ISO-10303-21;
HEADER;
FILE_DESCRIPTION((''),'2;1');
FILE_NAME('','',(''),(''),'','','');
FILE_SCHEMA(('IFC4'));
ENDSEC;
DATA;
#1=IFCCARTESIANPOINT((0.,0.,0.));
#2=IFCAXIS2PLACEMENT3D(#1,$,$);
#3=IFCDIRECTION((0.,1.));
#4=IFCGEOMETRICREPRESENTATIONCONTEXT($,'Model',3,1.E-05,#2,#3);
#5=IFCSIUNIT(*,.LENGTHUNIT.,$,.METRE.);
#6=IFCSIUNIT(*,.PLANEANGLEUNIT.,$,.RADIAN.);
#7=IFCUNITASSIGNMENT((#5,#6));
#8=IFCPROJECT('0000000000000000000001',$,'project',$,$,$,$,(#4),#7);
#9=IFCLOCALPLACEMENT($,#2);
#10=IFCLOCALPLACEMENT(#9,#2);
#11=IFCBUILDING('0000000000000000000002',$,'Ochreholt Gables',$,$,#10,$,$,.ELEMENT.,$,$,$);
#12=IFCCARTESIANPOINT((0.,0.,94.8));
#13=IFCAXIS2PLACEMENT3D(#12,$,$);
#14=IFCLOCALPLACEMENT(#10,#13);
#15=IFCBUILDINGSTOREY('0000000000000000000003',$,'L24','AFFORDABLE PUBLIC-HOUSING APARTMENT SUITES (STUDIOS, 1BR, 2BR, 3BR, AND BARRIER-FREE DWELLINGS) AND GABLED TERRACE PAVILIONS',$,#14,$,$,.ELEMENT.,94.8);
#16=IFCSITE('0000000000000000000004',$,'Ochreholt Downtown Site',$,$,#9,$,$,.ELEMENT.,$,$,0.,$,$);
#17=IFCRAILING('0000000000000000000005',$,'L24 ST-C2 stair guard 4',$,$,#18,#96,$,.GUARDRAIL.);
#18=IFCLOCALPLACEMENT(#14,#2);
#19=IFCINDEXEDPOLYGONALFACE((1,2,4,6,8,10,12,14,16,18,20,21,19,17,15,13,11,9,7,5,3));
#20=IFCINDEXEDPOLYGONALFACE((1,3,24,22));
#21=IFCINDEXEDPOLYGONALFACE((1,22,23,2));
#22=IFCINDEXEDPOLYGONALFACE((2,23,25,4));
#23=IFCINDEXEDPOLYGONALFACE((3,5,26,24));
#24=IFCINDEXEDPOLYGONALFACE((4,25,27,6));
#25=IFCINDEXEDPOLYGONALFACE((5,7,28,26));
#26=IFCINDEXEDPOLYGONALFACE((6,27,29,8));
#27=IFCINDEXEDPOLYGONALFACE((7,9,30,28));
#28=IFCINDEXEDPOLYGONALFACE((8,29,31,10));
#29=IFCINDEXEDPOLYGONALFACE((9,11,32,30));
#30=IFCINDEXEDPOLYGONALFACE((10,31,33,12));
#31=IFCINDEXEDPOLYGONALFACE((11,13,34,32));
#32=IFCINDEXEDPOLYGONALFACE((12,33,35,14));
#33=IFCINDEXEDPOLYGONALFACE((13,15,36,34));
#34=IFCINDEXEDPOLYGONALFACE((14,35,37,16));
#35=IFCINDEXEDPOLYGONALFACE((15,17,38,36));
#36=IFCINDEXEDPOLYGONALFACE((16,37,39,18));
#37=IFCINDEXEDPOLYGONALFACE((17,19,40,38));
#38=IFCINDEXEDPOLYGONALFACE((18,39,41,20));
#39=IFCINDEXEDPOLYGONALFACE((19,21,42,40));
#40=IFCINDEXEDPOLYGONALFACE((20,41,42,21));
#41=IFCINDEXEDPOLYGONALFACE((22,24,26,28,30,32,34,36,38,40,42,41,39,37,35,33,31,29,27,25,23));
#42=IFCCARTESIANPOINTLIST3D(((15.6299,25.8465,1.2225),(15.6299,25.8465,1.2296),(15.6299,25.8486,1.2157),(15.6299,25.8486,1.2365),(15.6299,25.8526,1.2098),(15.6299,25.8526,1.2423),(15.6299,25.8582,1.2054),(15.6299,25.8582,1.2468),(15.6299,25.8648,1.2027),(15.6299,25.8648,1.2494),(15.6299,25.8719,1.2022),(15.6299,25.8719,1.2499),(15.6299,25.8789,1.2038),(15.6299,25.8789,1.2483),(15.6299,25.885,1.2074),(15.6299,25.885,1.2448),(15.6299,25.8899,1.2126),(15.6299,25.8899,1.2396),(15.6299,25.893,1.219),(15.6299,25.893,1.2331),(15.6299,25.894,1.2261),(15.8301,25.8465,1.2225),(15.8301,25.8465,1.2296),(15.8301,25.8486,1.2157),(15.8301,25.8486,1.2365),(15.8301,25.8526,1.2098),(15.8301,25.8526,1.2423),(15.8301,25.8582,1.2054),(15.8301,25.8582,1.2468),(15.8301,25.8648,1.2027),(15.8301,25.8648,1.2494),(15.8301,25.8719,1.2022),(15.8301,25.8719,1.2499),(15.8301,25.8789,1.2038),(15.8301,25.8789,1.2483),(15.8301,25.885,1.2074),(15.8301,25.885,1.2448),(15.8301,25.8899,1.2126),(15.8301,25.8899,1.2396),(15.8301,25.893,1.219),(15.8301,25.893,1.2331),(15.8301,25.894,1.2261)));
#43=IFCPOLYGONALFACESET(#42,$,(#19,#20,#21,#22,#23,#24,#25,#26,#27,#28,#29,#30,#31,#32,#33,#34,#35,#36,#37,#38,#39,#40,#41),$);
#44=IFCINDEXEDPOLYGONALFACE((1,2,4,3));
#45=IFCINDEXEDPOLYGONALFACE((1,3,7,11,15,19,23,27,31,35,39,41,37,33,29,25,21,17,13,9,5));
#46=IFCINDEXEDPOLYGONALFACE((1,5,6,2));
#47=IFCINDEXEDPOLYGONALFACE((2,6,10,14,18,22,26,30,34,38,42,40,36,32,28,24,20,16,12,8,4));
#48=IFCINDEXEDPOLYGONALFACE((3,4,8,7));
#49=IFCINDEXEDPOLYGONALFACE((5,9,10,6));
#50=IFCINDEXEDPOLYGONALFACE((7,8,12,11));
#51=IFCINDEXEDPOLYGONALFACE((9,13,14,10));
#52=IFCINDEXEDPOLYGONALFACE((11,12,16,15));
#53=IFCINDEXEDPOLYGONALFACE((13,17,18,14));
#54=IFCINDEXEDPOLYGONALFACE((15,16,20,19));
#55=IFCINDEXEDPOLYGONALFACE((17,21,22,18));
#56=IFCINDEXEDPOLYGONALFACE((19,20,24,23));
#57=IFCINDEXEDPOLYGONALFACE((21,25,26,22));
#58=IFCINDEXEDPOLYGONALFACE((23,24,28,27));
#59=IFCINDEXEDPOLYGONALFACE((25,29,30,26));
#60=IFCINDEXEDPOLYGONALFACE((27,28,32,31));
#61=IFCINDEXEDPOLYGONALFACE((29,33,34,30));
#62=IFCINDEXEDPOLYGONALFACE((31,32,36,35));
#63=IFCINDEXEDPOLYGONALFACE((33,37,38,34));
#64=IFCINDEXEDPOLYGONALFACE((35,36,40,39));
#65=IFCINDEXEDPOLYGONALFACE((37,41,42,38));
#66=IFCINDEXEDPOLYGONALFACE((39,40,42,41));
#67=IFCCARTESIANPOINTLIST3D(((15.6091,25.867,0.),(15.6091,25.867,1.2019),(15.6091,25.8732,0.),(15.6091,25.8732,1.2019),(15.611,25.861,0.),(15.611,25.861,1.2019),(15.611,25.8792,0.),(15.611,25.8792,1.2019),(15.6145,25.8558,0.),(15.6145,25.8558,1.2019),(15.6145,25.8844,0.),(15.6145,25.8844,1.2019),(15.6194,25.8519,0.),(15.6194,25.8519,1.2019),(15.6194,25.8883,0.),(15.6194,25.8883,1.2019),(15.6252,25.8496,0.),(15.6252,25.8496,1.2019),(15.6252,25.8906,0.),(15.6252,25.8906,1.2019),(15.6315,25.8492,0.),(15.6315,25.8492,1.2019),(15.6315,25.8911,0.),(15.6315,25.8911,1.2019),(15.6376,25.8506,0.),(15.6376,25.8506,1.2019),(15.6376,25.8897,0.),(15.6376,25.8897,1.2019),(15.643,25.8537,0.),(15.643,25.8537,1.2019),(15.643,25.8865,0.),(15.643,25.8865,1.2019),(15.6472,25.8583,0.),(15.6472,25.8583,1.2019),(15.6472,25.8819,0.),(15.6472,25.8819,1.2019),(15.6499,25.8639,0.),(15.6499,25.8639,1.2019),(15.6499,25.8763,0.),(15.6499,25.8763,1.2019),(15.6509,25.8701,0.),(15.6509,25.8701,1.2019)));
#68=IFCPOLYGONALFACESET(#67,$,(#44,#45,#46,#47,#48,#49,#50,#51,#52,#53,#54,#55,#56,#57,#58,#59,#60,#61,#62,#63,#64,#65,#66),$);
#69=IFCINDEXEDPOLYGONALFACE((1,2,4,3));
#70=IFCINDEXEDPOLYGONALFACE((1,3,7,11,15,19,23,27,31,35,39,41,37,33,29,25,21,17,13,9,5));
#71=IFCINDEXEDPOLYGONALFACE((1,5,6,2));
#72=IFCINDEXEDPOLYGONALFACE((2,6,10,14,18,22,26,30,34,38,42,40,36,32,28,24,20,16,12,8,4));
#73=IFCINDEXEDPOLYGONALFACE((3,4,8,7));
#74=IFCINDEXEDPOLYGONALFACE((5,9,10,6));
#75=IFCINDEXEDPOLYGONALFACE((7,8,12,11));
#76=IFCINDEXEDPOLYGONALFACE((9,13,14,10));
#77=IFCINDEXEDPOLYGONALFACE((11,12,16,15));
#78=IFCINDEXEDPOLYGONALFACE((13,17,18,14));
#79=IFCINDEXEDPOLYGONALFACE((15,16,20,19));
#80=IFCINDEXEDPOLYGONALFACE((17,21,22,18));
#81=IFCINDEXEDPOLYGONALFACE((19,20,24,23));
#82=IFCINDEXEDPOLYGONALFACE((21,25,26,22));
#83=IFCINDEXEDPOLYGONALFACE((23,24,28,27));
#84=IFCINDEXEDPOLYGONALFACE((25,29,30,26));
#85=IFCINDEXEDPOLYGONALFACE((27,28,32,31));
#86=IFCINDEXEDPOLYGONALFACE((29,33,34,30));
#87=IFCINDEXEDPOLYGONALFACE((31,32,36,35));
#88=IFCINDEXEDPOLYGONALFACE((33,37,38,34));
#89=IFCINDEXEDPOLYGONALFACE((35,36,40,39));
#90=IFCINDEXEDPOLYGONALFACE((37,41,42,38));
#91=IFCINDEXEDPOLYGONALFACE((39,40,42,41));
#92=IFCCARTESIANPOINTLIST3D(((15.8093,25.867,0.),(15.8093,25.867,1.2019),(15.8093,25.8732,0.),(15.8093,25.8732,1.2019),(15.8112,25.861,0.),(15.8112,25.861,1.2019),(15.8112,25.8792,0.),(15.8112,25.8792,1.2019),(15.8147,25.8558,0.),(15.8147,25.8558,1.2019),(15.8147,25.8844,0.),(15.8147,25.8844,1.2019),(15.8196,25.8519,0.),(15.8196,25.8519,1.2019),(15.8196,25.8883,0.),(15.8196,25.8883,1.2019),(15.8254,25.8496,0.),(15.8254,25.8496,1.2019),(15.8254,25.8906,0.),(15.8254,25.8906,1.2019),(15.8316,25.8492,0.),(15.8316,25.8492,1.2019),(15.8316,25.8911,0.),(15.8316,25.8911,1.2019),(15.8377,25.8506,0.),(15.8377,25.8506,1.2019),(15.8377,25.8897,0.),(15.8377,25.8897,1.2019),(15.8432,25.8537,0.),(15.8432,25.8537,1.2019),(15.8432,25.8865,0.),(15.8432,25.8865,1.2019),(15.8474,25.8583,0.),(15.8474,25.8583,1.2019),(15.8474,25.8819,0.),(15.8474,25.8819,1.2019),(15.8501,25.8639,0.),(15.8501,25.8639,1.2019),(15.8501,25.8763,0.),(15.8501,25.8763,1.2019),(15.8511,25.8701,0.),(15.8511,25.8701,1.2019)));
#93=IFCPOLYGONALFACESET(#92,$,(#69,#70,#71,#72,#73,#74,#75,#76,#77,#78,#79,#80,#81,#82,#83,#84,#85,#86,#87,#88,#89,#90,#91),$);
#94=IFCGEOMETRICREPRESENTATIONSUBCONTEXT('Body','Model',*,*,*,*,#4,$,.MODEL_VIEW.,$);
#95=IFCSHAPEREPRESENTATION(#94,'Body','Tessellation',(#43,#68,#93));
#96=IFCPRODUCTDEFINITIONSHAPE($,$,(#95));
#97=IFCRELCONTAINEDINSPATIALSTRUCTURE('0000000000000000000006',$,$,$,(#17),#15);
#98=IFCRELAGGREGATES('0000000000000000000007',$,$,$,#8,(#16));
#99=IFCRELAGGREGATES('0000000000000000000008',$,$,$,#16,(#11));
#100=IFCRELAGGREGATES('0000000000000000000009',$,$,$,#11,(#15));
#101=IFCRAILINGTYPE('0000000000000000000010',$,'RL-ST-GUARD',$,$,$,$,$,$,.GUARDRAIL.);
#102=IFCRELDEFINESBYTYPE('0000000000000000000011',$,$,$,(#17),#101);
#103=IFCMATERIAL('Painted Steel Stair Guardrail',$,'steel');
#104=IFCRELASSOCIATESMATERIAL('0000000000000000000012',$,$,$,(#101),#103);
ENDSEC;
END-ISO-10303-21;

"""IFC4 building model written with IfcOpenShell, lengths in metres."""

from ifc_helpers import new_model, si_unit, direction, frame, origin, origin_2d, place, context, subcontext, project, spatial, circle, extrude, material, type_object, element, save


model = new_model("IFC4")

# Units and contexts
model_context = context("Model", 3, precision=1e-05, world=origin(), true_north=direction((0.0, 1.0)))
body_context = subcontext(model_context, "Body", "Model", "MODEL_VIEW")
ifc_project = project(units=[si_unit("LENGTHUNIT", "METRE"), si_unit("PLANEANGLEUNIT", "RADIAN")], contexts=[model_context])

# Site, building, storey
site_placement = place(None, origin())
site = spatial("IfcSite", under=ifc_project, at=site_placement, Name="Ochreholt Downtown Site", CompositionType="ELEMENT", RefElevation=0.0)
building_placement = place(site_placement, origin())
building = spatial("IfcBuilding", under=site, at=building_placement, Name="Ochreholt Gables", CompositionType="ELEMENT")
storey_placement = place(building_placement, frame((0.0, 0.0, 94.8)))
storey = spatial("IfcBuildingStorey", under=building, at=storey_placement, Name="L24", Description="AFFORDABLE PUBLIC-HOUSING APARTMENT SUITES (STUDIOS, 1BR, 2BR, 3BR, AND BARRIER-FREE DWELLINGS) AND GABLED TERRACE PAVILIONS", CompositionType="ELEMENT", Elevation=94.8)

# Railing
ifc_material_1 = material(Name="Painted Steel Stair Guardrail", Category="steel")
railing_type_1 = type_object("IfcRailingType", Name="RL-ST-GUARD", PredefinedType="GUARDRAIL", material=ifc_material_1)
railing_1_placement = place(storey_placement, frame((15.6299, 25.8701, 0.0)))
element("IfcRailing", 1, at=railing_1_placement, inside=storey, type_object=railing_type_1, Name="L24 ST-C2 stair guard 4", PredefinedType="GUARDRAIL", context=body_context, shape_type="SweptSolid", body=[
    extrude(circle(Radius=0.0239, at=origin_2d()), frame((0.0, 0.0, 1.2261), z_axis=(1.0, 0.0, 0.0), x_axis=(0.0, 1.0, 0.0)), (0.0, 0.0, 1.0), 0.2002),
    extrude(circle(Radius=0.021, at=origin_2d()), origin(), (0.0, 0.0, 1.0), 1.2019),
    extrude(circle(Radius=0.021, at=origin_2d()), frame((0.2002, 0.0, 0.0)), (0.0, 0.0, 1.0), 1.2019),
])

save(model, "model.ifc")
